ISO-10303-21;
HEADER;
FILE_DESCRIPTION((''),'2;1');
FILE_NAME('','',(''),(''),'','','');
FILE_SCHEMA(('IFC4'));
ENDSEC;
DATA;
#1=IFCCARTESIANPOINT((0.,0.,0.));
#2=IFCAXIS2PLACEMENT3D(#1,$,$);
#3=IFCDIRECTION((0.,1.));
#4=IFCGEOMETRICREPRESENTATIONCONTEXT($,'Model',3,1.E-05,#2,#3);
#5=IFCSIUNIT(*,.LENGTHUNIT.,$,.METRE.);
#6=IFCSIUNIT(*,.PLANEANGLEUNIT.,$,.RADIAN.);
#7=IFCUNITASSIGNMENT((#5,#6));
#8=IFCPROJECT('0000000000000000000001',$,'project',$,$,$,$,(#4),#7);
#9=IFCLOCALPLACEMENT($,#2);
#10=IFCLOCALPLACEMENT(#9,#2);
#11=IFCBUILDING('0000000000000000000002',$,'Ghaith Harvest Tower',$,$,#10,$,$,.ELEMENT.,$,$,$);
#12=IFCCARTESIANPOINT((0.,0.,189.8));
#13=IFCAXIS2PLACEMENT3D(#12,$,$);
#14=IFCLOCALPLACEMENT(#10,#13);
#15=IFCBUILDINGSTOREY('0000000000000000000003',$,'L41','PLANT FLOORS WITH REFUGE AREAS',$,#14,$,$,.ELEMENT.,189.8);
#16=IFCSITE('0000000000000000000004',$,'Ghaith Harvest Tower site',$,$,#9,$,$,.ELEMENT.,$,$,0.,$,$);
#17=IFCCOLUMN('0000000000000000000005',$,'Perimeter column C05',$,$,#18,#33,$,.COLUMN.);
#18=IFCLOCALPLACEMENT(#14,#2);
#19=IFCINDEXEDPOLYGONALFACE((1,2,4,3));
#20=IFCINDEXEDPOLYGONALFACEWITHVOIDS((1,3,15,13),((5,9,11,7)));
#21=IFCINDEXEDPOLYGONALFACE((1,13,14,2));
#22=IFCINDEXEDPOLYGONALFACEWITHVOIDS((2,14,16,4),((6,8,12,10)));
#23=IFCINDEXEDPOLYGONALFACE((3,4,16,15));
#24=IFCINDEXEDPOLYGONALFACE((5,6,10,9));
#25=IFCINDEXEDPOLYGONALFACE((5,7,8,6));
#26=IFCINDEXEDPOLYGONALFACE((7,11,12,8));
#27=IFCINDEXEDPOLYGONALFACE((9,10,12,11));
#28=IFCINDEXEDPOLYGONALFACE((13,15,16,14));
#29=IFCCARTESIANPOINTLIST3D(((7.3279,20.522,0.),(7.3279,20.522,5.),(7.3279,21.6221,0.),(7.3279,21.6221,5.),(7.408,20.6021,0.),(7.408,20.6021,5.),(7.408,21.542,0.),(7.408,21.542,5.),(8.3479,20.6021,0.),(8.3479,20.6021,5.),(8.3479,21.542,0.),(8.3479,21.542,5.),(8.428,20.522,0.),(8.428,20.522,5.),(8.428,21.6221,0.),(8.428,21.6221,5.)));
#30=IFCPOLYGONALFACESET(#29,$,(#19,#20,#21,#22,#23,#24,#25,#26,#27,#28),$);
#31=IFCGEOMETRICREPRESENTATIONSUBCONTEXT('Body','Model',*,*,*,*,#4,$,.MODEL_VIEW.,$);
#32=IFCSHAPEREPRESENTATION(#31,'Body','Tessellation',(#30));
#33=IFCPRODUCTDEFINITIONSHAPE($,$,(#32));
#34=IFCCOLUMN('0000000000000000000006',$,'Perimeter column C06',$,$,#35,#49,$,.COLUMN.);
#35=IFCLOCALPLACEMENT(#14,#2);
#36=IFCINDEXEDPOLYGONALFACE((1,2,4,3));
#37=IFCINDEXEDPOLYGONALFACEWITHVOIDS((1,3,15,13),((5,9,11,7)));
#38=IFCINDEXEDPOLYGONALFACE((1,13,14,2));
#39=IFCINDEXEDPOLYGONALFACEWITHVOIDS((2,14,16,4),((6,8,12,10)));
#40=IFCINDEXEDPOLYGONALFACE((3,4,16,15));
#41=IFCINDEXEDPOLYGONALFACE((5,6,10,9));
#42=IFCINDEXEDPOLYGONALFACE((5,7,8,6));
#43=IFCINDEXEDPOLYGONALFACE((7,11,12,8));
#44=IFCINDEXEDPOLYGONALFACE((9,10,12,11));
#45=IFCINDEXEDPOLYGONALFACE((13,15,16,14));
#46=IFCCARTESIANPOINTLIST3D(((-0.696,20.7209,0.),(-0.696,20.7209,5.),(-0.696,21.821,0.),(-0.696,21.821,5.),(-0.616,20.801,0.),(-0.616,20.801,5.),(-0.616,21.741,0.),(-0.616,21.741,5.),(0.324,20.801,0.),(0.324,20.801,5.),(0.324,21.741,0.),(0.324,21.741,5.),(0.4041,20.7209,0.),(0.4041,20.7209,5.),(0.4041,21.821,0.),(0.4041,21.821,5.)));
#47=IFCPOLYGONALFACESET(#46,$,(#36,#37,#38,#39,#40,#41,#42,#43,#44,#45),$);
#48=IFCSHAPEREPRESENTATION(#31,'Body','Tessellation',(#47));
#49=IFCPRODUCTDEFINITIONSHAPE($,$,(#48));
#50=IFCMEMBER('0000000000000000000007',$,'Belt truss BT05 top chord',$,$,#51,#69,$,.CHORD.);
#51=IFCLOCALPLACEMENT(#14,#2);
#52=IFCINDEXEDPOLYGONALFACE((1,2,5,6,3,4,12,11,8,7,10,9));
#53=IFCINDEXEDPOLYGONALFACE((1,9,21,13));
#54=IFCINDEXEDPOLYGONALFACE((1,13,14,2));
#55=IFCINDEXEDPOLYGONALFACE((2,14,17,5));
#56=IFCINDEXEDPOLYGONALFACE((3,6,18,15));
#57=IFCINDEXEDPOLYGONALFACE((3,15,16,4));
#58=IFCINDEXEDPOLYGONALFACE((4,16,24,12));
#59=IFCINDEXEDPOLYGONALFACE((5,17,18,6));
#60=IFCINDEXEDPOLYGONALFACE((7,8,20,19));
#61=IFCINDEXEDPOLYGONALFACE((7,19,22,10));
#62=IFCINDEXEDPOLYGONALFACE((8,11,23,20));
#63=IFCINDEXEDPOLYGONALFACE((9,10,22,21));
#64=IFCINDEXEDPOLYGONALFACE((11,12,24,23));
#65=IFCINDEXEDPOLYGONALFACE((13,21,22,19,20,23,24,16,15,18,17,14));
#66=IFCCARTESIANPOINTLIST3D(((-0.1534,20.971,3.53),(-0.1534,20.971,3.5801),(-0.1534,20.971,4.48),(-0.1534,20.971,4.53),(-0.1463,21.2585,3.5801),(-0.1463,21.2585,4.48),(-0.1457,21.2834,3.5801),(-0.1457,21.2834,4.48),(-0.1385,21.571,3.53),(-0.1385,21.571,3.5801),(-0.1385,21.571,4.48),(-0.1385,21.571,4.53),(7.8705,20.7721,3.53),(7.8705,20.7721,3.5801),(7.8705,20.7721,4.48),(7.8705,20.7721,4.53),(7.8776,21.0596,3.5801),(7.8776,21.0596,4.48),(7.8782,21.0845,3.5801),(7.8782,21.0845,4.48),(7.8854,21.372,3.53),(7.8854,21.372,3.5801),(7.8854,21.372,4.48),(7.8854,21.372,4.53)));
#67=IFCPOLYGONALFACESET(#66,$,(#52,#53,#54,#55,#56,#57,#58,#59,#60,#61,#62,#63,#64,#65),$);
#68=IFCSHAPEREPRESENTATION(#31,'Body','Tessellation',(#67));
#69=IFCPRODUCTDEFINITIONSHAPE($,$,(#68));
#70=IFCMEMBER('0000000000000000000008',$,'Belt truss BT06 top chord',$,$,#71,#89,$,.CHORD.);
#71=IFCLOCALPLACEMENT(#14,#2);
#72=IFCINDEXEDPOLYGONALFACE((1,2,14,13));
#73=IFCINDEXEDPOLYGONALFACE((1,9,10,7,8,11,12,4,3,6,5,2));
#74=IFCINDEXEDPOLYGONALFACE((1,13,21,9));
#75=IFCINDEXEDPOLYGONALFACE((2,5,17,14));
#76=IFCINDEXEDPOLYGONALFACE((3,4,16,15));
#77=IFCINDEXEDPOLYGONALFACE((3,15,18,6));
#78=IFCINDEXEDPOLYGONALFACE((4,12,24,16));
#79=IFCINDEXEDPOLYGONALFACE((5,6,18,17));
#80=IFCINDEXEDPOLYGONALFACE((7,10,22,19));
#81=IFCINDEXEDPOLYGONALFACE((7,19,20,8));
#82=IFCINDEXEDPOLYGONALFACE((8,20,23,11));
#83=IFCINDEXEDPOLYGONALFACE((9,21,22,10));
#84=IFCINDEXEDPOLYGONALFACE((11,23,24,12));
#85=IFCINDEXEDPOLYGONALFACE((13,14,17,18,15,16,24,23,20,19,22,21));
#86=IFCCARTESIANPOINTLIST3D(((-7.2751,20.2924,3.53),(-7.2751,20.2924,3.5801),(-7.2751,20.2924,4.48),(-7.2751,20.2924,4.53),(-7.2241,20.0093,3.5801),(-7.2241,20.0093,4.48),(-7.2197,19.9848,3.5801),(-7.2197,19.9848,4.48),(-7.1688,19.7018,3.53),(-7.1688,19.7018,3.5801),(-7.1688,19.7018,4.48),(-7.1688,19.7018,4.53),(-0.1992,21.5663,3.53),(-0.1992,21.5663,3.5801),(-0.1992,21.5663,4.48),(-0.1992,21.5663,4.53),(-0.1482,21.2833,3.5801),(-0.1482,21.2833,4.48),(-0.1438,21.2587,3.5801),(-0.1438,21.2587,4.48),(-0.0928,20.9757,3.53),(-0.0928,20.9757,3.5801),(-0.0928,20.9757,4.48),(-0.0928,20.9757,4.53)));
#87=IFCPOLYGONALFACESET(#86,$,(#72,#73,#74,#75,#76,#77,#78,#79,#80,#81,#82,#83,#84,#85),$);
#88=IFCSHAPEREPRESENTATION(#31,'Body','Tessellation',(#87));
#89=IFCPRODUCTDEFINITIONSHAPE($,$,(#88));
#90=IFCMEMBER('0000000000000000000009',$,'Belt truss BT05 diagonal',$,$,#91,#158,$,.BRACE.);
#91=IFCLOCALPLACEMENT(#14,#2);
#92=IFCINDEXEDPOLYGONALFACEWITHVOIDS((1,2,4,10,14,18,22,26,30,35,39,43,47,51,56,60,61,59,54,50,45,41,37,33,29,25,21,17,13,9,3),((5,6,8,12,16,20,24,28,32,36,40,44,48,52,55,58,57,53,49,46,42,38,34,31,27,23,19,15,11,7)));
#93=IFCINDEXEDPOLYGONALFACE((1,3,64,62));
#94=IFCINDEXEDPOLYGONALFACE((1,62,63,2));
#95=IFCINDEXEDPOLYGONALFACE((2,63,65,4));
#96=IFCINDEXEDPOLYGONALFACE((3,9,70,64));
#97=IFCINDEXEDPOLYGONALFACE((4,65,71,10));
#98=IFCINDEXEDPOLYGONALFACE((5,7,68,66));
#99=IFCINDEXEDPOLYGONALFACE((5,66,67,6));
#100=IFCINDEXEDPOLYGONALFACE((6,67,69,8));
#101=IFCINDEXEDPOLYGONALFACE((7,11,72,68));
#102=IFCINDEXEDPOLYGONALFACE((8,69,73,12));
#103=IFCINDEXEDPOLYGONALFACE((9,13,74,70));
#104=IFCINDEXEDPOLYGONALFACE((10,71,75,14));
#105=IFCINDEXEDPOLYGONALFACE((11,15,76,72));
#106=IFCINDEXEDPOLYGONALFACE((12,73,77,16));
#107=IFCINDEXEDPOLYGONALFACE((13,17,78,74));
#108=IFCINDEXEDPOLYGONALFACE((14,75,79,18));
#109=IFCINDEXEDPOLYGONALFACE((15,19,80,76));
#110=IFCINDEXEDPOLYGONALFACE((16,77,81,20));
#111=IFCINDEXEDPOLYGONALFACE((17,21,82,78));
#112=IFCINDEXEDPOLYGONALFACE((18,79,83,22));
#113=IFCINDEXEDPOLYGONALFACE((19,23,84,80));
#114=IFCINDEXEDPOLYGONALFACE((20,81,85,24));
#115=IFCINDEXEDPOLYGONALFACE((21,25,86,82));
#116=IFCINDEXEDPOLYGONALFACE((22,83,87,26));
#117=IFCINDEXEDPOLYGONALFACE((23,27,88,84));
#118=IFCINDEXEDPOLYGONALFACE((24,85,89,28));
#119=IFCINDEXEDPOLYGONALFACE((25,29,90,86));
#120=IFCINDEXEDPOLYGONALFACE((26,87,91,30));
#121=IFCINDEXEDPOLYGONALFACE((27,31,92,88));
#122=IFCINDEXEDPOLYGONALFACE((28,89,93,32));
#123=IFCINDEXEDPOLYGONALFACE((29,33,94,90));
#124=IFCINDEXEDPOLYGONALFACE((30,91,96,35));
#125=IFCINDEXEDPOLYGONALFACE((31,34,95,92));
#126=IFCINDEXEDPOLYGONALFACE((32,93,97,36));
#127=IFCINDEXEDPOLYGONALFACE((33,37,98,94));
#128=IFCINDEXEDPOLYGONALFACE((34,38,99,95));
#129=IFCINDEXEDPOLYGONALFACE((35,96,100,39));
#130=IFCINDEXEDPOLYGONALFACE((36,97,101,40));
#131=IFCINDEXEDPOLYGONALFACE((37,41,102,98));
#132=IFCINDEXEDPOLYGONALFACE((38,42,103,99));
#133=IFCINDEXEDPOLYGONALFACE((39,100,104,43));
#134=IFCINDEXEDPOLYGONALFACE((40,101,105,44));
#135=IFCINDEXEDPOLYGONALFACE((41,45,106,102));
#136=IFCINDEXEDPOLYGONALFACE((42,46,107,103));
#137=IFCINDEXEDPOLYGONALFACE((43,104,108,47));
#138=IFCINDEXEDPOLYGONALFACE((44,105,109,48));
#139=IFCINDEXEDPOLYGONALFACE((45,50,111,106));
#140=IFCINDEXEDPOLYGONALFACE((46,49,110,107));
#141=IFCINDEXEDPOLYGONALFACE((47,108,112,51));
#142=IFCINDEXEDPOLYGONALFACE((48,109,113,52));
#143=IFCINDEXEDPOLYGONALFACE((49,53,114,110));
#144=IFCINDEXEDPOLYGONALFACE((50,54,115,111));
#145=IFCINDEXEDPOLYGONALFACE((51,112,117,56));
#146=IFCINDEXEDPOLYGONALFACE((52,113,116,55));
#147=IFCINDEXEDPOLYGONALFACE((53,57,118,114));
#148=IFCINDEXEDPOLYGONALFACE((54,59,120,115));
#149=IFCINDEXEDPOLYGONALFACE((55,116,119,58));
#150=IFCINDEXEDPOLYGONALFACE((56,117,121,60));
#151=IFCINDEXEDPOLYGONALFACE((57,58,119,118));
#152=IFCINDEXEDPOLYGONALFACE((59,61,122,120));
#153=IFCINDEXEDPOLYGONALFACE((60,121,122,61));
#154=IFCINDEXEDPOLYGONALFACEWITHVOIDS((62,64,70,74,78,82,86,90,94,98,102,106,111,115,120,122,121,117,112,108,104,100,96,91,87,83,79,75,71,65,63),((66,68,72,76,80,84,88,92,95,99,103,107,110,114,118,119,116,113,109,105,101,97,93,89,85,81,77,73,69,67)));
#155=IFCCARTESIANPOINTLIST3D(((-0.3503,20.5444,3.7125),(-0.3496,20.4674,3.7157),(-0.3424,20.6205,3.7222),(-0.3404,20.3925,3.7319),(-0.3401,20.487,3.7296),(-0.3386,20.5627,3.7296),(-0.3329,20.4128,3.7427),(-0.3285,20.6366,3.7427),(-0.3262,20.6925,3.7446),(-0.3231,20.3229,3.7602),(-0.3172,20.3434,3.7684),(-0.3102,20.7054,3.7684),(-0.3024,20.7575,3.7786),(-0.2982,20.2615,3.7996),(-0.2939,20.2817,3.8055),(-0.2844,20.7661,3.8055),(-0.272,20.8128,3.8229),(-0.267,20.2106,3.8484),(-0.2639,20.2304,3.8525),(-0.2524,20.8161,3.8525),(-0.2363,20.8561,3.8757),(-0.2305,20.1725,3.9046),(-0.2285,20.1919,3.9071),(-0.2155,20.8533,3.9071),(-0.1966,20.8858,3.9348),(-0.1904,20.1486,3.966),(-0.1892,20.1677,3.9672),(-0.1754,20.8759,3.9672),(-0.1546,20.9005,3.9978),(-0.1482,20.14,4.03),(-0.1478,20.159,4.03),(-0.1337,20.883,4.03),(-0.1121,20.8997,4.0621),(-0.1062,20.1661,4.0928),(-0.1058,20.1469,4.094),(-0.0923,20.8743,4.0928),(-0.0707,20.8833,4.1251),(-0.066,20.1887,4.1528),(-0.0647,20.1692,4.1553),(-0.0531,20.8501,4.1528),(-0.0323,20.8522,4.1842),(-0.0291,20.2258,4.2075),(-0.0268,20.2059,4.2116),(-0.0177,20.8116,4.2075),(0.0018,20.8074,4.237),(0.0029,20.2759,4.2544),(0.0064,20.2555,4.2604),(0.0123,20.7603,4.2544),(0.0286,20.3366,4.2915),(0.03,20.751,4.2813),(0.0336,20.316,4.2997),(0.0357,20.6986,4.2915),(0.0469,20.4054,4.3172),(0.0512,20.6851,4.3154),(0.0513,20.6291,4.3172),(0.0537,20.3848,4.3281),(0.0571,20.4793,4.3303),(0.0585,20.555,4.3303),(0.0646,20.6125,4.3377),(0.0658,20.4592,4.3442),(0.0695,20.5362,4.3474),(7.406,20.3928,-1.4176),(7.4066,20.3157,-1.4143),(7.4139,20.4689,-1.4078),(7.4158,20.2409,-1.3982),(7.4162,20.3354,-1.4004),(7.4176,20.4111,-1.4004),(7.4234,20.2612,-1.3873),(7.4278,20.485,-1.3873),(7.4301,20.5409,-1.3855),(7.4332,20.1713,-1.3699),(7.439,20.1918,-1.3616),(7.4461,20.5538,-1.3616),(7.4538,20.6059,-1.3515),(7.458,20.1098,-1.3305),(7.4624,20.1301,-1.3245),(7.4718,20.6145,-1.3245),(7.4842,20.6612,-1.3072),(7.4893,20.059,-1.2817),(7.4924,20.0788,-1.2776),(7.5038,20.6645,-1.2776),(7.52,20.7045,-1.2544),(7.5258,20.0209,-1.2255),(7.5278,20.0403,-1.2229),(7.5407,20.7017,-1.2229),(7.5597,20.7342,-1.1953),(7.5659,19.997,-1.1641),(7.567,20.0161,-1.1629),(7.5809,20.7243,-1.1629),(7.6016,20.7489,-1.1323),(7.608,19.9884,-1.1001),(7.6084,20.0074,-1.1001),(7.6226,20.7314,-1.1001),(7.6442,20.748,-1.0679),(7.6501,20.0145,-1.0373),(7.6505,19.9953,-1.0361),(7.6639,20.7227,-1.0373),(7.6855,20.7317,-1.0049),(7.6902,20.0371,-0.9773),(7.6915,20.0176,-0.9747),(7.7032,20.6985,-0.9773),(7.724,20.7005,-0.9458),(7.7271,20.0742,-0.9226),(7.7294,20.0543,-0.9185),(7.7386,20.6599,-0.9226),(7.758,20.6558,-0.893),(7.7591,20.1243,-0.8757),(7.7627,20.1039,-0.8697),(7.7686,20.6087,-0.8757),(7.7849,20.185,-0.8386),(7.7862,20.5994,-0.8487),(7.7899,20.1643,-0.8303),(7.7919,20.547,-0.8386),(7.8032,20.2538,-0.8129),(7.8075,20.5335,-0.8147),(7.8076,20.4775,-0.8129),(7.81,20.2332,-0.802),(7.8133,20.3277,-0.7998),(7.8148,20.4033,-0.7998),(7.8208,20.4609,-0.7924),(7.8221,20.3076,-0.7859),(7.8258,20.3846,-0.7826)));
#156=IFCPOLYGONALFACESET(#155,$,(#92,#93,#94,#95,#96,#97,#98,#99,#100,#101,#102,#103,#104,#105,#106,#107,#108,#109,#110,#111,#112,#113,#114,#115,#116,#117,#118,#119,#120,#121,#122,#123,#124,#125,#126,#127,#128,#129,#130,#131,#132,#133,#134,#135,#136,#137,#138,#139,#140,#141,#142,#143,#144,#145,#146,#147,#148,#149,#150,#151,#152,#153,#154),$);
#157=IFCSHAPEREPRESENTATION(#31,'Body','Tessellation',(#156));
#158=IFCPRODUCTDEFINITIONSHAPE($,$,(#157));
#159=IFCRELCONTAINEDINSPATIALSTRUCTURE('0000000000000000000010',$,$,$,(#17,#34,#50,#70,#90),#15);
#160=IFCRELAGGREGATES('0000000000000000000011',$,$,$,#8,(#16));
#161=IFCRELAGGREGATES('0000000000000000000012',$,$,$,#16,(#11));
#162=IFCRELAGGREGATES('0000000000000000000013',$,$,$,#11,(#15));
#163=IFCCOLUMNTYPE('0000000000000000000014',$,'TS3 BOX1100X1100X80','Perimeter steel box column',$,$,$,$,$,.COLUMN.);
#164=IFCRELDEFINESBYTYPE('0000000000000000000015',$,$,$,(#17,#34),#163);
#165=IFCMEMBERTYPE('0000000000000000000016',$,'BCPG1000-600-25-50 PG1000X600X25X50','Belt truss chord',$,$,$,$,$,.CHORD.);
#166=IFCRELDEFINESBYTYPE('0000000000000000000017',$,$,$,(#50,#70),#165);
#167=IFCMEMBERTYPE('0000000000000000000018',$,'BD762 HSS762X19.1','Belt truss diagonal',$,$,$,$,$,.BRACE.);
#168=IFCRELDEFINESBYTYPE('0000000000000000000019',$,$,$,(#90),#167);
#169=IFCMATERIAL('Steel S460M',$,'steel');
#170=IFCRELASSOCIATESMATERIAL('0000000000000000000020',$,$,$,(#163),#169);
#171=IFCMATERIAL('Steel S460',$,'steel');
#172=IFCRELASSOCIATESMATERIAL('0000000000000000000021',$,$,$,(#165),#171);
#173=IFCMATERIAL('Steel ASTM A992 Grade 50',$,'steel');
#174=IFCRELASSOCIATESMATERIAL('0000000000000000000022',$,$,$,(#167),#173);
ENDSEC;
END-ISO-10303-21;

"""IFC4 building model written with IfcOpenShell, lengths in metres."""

from ifc_helpers import new_model, si_unit, direction, frame, origin, origin_2d, place, context, subcontext, project, spatial, hollow_rectangle, hollow_circle, i_section, extrude, material, material_profile, profile_set, type_object, element, save


model = new_model("IFC4")

# Units and contexts
model_context = context("Model", 3, precision=1e-05, world=origin(), true_north=direction((0.0, 1.0)))
body_context = subcontext(model_context, "Body", "Model", "MODEL_VIEW")
ifc_project = project(units=[si_unit("LENGTHUNIT", "METRE"), si_unit("PLANEANGLEUNIT", "RADIAN")], contexts=[model_context])

# Site, building, storey
site_placement = place(None, origin())
site = spatial("IfcSite", under=ifc_project, at=site_placement, Name="Ghaith Harvest Tower site", CompositionType="ELEMENT", RefElevation=0.0)
building_placement = place(site_placement, origin())
building = spatial("IfcBuilding", under=site, at=building_placement, Name="Ghaith Harvest Tower", CompositionType="ELEMENT")
storey_placement = place(building_placement, frame((0.0, 0.0, 189.8)))
storey = spatial("IfcBuildingStorey", under=building, at=storey_placement, Name="L41", Description="PLANT FLOORS WITH REFUGE AREAS", CompositionType="ELEMENT", Elevation=189.8)

# Columns
ifc_material_1 = material(Name="Steel S460M", Category="steel")
ifc_material_profile_1 = material_profile(ifc_material_1, hollow_rectangle(XDim=1.1001, YDim=1.1001, WallThickness=0.0801, at=origin_2d()), Name="BOX1100X1100X80")
ifc_profile_set_1 = profile_set([ifc_material_profile_1], Name="Steel S460M")
column_type = type_object("IfcColumnType", Name="TS3 BOX1100X1100X80", Description="Perimeter steel box column", PredefinedType="COLUMN", material=ifc_profile_set_1)
for number, where, z_axis, x_axis, name in (
    (1, (7.8779, 21.072, 0.0), (0.0, 0.0, 1.0), (1.0, 0.0, 0.0), "Perimeter column C05"),
    (2, (-0.146, 21.271, 0.0), (0.0, 0.0, 1.0), (1.0, 0.0, 0.0), "Perimeter column C06"),
):
    element("IfcColumn", number, at=place(storey_placement, frame(where, z_axis=z_axis, x_axis=x_axis)), inside=storey, type_object=column_type, Name=name, PredefinedType="COLUMN", context=body_context, shape_type="SweptSolid", body=[
        extrude(hollow_rectangle(XDim=1.1001, YDim=1.1001, WallThickness=0.0801, at=origin_2d()), origin(), (0.0, 0.0, 1.0), 5.0),
    ])

# Members
ifc_material_2 = material(Name="Steel S460", Category="steel")
ifc_material_profile_2 = material_profile(ifc_material_2, i_section(OverallWidth=0.6001, OverallDepth=1.0, WebThickness=0.0249, FlangeThickness=0.05, at=origin_2d()), Name="PG1000X600X25X50")
ifc_profile_set_2 = profile_set([ifc_material_profile_2], Name="Steel S460")
member_type_1 = type_object("IfcMemberType", Name="BCPG1000-600-25-50 PG1000X600X25X50", Description="Belt truss chord", PredefinedType="CHORD", material=ifc_profile_set_2)
member_1_placement = place(storey_placement, frame((7.8779, 21.072, 4.03), z_axis=(-0.999693, 0.02479, 0.0), x_axis=(-0.02479, -0.999693, 0.0)))
element("IfcMember", 3, at=member_1_placement, inside=storey, type_object=member_type_1, Name="Belt truss BT05 top chord", PredefinedType="CHORD", context=body_context, shape_type="SweptSolid", body=[
    extrude(i_section(OverallWidth=0.6001, OverallDepth=1.0, WebThickness=0.0249, FlangeThickness=0.05, at=origin_2d()), origin(), (0.0, 0.0, 1.0), 8.0264),
])
member_2_placement = place(storey_placement, frame((-0.146, 21.271, 4.03), z_axis=(-0.984177, -0.177188, 0.0), x_axis=(0.177188, -0.984177, 0.0)))
element("IfcMember", 4, at=member_2_placement, inside=storey, type_object=member_type_1, Name="Belt truss BT06 top chord", PredefinedType="CHORD", context=body_context, shape_type="SweptSolid", body=[
    extrude(i_section(OverallWidth=0.6001, OverallDepth=1.0, WebThickness=0.0249, FlangeThickness=0.05, at=origin_2d()), origin(), (0.0, 0.0, 1.0), 7.1897),
])
ifc_material_3 = material(Name="Steel ASTM A992 Grade 50", Category="steel")
ifc_material_profile_3 = material_profile(ifc_material_3, hollow_circle(Radius=0.3811, WallThickness=0.019, at=origin_2d()), Name="HSS762X19.1")
ifc_profile_set_3 = profile_set([ifc_material_profile_3], Name="Steel ASTM A992 Grade 50")
member_type_2 = type_object("IfcMemberType", Name="BD762 HSS762X19.1", Description="Belt truss diagonal", PredefinedType="BRACE", material=ifc_profile_set_3)
member_3_placement = place(storey_placement, frame((7.6155, 20.3694, -1.1001), z_axis=(-0.833957, 0.016301, 0.551588), x_axis=(-0.019543, -0.999809, 0.0)))
element("IfcMember", 5, at=member_3_placement, inside=storey, type_object=member_type_2, Name="Belt truss BT05 diagonal", PredefinedType="BRACE", context=body_context, shape_type="SweptSolid", body=[
    extrude(hollow_circle(Radius=0.3811, WallThickness=0.019, at=origin_2d()), origin(), (0.0, 0.0, 1.0), 9.3005),
])

save(model, "model.ifc")
